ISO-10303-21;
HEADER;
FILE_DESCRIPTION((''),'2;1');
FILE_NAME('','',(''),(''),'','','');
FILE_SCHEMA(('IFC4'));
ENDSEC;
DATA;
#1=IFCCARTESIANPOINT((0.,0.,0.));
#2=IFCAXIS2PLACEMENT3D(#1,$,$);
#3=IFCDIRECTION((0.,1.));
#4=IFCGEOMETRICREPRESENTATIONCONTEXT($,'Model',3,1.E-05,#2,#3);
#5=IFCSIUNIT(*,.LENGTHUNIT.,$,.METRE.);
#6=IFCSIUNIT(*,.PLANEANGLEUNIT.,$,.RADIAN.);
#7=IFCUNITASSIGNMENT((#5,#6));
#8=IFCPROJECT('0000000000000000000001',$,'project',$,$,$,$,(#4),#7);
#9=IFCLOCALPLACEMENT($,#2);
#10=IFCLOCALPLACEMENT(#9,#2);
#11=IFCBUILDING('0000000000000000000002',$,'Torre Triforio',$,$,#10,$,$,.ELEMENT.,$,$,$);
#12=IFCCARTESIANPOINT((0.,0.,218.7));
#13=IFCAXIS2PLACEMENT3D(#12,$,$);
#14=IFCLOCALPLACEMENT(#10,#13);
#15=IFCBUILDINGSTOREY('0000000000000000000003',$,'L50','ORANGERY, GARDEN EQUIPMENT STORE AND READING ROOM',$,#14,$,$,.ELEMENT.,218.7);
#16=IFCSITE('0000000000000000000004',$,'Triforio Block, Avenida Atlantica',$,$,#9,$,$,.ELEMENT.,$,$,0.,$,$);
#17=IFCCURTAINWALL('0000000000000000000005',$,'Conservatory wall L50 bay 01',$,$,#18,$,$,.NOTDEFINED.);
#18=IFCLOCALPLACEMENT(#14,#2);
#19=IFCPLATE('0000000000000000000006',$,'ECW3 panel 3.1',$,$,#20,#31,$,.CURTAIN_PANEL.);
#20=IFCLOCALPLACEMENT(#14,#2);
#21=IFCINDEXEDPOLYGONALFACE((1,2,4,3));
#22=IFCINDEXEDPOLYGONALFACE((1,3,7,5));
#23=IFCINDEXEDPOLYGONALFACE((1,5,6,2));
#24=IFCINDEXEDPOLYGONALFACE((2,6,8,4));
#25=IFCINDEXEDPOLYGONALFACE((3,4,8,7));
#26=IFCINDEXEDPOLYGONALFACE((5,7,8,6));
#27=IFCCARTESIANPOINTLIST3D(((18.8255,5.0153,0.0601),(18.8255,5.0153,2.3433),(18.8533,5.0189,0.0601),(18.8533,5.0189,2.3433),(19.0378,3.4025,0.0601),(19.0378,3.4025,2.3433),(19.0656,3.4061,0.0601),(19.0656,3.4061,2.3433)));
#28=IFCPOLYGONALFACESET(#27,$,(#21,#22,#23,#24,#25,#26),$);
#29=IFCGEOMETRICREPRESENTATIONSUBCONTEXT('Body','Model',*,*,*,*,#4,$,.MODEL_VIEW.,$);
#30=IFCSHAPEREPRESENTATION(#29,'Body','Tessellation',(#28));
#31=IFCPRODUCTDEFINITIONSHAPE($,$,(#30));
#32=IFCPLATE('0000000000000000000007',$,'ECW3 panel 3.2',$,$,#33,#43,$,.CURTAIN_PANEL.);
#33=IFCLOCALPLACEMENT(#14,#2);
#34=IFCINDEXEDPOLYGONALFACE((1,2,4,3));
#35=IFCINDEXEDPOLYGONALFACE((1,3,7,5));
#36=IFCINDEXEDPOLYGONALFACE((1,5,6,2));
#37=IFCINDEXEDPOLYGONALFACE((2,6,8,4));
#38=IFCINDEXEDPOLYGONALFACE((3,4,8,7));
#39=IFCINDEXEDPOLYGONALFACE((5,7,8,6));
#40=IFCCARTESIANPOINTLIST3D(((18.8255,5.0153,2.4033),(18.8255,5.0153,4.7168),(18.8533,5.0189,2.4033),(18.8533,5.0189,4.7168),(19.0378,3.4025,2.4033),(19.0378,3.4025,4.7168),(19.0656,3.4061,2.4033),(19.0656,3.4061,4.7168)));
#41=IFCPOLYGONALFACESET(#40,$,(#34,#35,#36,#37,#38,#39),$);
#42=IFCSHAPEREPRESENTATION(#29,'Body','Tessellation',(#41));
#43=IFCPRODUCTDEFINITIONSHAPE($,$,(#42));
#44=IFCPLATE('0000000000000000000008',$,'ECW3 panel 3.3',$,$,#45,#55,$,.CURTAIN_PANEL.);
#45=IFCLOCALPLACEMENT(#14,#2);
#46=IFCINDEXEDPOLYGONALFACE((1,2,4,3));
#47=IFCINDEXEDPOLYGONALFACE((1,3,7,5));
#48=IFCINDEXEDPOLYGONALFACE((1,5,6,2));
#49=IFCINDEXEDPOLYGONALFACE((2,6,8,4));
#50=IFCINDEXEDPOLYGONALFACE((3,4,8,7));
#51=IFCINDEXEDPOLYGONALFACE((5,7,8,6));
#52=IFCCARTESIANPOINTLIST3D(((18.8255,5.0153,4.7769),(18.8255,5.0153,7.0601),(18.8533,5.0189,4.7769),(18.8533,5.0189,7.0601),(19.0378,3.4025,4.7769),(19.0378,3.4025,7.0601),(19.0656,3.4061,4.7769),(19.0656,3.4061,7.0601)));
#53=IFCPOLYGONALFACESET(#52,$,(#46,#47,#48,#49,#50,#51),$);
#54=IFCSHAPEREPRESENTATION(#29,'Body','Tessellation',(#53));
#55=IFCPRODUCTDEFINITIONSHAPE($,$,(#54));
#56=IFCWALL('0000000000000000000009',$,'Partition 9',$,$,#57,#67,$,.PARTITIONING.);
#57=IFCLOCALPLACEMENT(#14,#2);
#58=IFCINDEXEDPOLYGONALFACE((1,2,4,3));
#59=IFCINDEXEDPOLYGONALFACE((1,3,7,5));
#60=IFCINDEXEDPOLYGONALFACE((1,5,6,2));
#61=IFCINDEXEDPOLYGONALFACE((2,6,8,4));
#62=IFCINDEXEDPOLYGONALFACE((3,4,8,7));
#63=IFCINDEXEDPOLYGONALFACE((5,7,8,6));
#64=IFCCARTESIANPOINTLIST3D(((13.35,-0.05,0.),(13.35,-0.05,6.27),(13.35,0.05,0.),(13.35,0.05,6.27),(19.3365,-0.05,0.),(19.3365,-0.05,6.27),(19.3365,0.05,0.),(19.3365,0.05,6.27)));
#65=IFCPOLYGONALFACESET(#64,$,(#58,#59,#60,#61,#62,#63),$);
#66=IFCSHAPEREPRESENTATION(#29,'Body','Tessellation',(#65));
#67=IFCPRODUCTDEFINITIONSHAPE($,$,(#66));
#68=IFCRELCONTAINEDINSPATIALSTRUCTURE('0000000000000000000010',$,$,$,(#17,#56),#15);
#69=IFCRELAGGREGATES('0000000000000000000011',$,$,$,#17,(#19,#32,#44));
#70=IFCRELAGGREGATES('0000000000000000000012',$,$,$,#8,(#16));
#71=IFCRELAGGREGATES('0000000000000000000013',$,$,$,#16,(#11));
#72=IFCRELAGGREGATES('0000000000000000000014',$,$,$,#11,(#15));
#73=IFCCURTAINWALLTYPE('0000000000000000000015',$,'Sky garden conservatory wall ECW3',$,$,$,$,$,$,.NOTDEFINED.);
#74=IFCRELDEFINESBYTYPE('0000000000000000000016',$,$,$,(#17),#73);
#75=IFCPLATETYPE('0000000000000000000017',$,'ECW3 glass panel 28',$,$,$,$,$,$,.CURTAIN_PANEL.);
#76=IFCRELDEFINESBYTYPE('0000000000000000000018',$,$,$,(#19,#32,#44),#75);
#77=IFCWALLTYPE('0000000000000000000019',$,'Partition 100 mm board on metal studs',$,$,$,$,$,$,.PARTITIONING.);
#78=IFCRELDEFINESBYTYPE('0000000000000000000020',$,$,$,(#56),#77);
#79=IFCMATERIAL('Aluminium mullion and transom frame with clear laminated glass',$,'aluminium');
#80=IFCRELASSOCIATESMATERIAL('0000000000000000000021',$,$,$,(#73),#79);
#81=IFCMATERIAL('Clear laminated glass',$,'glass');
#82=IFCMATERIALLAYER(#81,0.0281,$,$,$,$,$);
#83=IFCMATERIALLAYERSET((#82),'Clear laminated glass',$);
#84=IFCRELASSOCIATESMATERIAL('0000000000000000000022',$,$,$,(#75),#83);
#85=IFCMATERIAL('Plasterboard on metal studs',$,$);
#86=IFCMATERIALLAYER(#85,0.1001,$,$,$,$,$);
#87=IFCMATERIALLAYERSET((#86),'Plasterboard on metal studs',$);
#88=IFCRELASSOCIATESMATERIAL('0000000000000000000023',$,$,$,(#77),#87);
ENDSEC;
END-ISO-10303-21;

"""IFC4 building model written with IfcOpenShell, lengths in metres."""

from ifc_helpers import new_model, si_unit, direction, frame, frame_2d, origin, origin_2d, place, context, subcontext, project, spatial, rectangle, extrude, material, layer, layer_set, type_object, element, aggregate, save


model = new_model("IFC4")

# Units and contexts
model_context = context("Model", 3, precision=1e-05, world=origin(), true_north=direction((0.0, 1.0)))
body_context = subcontext(model_context, "Body", "Model", "MODEL_VIEW")
ifc_project = project(units=[si_unit("LENGTHUNIT", "METRE"), si_unit("PLANEANGLEUNIT", "RADIAN")], contexts=[model_context])

# Site, building, storey
site_placement = place(None, origin())
site = spatial("IfcSite", under=ifc_project, at=site_placement, Name="Triforio Block, Avenida Atlantica", CompositionType="ELEMENT", RefElevation=0.0)
building_placement = place(site_placement, origin())
building = spatial("IfcBuilding", under=site, at=building_placement, Name="Torre Triforio", CompositionType="ELEMENT")
storey_placement = place(building_placement, frame((0.0, 0.0, 218.7)))
storey = spatial("IfcBuildingStorey", under=building, at=storey_placement, Name="L50", Description="ORANGERY, GARDEN EQUIPMENT STORE AND READING ROOM", CompositionType="ELEMENT", Elevation=218.7)

# Curtain wall, plates
ifc_material_1 = material(Name="Aluminium mullion and transom frame with clear laminated glass", Category="aluminium")
curtain_wall_type = type_object("IfcCurtainWallType", Name="Sky garden conservatory wall ECW3", PredefinedType="NOTDEFINED", material=ifc_material_1)
curtain_wall_placement = place(storey_placement, origin())
curtain_wall = element("IfcCurtainWall", 1, at=curtain_wall_placement, inside=storey, type_object=curtain_wall_type, Name="Conservatory wall L50 bay 01", PredefinedType="NOTDEFINED")
ifc_material_2 = material(Name="Clear laminated glass", Category="glass")
ifc_layer_1 = layer(ifc_material_2, 0.0281)
ifc_layer_set_1 = layer_set([ifc_layer_1], Name="Clear laminated glass")
plate_type = type_object("IfcPlateType", Name="ECW3 glass panel 28", PredefinedType="CURTAIN_PANEL", material=ifc_layer_set_1)
plate_1_placement = place(storey_placement, frame((18.9456, 4.2107, 0.0601), z_axis=(0.0, 0.0, 1.0), x_axis=(-0.130532, 0.991444, 0.0)))
plate_1 = element("IfcPlate", 2, at=plate_1_placement, type_object=plate_type, Name="ECW3 panel 3.1", PredefinedType="CURTAIN_PANEL", context=body_context, shape_type="SweptSolid", body=[
    extrude(rectangle(XDim=1.6267, YDim=0.0281, at=origin_2d()), origin(), (0.0, 0.0, 1.0), 2.2832),
])
plate_2_placement = place(storey_placement, frame((18.9456, 4.2107, 2.4033), z_axis=(0.0, 0.0, 1.0), x_axis=(-0.130532, 0.991444, 0.0)))
plate_2 = element("IfcPlate", 3, at=plate_2_placement, type_object=plate_type, Name="ECW3 panel 3.2", PredefinedType="CURTAIN_PANEL", context=body_context, shape_type="SweptSolid", body=[
    extrude(rectangle(XDim=1.6267, YDim=0.0281, at=origin_2d()), origin(), (0.0, 0.0, 1.0), 2.3135),
])
plate_3_placement = place(storey_placement, frame((18.9456, 4.2107, 4.7769), z_axis=(0.0, 0.0, 1.0), x_axis=(-0.130532, 0.991444, 0.0)))
plate_3 = element("IfcPlate", 4, at=plate_3_placement, type_object=plate_type, Name="ECW3 panel 3.3", PredefinedType="CURTAIN_PANEL", context=body_context, shape_type="SweptSolid", body=[
    extrude(rectangle(XDim=1.6267, YDim=0.0281, at=origin_2d()), origin(), (0.0, 0.0, 1.0), 2.2832),
])
aggregate(curtain_wall, [plate_1, plate_2, plate_3])

# Wall
ifc_material_3 = material(Name="Plasterboard on metal studs")
ifc_layer_2 = layer(ifc_material_3, 0.1001)
ifc_layer_set_2 = layer_set([ifc_layer_2], Name="Plasterboard on metal studs")
wall_type_1 = type_object("IfcWallType", Name="Partition 100 mm board on metal studs", PredefinedType="PARTITIONING", material=ifc_layer_set_2)
wall_1_placement = place(storey_placement, frame((13.3501, 0.0, 0.0), z_axis=(0.0, 0.0, 1.0), x_axis=(1.0, 0.0, 0.0)))
element("IfcWall", 5, at=wall_1_placement, inside=storey, type_object=wall_type_1, Name="Partition 9", PredefinedType="PARTITIONING", context=body_context, shape_type="SweptSolid", body=[
    extrude(rectangle(XDim=5.9866, YDim=0.1001, at=frame_2d((2.9932, 0.0))), origin(), (0.0, 0.0, 1.0), 6.27),
])

save(model, "model.ifc")
